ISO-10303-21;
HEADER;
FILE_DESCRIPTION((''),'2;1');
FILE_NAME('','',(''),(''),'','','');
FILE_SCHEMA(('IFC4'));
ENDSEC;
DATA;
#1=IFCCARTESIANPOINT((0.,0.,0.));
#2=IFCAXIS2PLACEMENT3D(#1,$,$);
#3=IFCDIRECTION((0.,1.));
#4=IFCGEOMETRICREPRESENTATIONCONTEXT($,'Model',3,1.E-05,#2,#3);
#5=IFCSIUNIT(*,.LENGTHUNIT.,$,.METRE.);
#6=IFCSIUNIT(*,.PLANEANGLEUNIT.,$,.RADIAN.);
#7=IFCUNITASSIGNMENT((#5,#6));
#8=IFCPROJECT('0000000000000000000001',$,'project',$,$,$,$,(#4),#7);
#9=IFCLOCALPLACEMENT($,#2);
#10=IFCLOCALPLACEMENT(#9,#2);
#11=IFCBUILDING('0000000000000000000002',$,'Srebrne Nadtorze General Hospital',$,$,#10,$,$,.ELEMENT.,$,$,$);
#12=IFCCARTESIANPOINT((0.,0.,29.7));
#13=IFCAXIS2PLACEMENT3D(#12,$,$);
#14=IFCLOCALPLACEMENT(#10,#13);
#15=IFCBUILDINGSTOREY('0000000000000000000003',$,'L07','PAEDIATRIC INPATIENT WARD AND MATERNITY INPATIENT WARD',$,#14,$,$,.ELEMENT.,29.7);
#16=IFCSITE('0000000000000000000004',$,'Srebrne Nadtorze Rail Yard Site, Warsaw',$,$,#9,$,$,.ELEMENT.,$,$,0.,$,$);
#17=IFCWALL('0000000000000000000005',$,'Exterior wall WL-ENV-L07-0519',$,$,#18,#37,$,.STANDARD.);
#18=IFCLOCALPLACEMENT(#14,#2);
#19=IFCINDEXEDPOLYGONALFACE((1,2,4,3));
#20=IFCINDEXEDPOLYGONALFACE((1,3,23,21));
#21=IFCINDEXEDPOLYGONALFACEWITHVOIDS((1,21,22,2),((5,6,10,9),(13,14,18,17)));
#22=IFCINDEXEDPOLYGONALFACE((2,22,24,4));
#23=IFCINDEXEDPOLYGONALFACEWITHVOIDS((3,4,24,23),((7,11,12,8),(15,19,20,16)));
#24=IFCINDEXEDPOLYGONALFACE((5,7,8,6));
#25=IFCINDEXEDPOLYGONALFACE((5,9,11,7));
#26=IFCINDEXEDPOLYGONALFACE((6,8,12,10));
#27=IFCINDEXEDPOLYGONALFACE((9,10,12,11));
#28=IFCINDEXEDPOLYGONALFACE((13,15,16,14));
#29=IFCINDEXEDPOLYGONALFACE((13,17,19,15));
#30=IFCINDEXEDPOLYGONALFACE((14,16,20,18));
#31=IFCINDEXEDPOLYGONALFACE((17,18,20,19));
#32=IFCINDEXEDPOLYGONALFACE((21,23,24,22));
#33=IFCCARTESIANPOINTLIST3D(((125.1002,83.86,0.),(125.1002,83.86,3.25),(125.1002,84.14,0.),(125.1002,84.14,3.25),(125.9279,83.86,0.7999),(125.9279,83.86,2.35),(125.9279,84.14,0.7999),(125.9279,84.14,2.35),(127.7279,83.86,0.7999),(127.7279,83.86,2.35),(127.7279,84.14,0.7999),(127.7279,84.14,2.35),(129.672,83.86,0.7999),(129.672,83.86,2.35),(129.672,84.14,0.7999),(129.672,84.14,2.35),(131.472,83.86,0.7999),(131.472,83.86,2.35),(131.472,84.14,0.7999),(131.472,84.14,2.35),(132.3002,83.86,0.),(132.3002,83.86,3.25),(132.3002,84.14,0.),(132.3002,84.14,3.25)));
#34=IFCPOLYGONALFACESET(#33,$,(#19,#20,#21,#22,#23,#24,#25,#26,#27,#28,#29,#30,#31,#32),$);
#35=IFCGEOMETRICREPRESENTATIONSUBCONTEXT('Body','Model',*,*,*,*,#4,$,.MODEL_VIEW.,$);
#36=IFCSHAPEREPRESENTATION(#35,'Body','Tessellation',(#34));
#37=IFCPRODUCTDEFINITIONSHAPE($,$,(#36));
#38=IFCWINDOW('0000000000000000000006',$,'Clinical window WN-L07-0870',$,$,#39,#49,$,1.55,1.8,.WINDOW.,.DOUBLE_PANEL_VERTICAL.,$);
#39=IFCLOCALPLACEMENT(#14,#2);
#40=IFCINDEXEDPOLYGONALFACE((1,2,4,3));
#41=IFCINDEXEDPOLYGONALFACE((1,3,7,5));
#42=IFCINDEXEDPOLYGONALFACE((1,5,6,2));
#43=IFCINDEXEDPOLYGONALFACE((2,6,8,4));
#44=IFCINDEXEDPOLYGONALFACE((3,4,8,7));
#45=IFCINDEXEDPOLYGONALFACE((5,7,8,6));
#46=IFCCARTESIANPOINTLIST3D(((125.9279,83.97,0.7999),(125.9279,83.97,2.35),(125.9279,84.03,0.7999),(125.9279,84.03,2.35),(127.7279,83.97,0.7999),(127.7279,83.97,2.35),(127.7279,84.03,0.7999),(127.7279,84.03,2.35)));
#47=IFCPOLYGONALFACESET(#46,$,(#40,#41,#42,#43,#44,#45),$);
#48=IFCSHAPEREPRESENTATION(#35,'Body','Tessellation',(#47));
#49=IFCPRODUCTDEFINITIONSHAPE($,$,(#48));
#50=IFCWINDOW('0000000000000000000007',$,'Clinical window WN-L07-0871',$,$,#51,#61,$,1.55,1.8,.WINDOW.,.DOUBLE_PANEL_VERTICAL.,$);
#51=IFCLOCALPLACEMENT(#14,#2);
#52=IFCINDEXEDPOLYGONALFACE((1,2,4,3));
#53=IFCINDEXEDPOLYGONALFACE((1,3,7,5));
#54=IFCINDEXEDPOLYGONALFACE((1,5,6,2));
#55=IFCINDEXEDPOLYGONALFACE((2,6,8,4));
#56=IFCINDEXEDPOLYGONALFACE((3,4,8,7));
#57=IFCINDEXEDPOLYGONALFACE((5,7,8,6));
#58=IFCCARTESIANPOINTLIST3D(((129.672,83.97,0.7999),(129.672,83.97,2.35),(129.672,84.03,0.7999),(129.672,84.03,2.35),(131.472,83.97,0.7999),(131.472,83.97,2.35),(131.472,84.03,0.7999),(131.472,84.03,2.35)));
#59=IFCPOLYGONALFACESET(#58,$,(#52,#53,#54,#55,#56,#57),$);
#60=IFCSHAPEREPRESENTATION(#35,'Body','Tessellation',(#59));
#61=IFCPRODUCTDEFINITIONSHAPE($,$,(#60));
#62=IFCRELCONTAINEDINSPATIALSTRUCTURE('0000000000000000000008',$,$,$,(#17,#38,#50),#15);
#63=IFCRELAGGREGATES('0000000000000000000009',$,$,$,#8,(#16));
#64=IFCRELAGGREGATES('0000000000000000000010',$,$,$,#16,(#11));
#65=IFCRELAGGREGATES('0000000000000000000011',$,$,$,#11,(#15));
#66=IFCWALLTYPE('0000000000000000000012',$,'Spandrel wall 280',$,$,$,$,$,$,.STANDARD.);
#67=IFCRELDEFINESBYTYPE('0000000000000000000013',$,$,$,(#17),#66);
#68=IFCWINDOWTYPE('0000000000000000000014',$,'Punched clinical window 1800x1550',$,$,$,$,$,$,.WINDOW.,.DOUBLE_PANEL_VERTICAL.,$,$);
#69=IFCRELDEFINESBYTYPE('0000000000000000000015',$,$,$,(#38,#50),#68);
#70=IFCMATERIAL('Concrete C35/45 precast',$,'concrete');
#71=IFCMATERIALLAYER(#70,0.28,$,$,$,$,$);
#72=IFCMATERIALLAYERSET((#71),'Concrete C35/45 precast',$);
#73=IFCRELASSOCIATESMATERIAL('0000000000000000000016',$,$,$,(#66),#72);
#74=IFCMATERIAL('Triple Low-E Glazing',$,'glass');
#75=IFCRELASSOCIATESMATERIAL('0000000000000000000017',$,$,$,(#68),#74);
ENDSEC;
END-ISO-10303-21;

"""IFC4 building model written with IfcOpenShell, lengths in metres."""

from ifc_helpers import new_model, si_unit, direction, frame, frame_2d, origin, place, context, subcontext, project, spatial, rectangle, extrude, material, layer, layer_set, type_object, element, fill, save


model = new_model("IFC4")

# Units and contexts
model_context = context("Model", 3, precision=1e-05, world=origin(), true_north=direction((0.0, 1.0)))
body_context = subcontext(model_context, "Body", "Model", "MODEL_VIEW")
ifc_project = project(units=[si_unit("LENGTHUNIT", "METRE"), si_unit("PLANEANGLEUNIT", "RADIAN")], contexts=[model_context])

# Site, building, storey
site_placement = place(None, origin())
site = spatial("IfcSite", under=ifc_project, at=site_placement, Name="Srebrne Nadtorze Rail Yard Site, Warsaw", CompositionType="ELEMENT", RefElevation=0.0)
building_placement = place(site_placement, origin())
building = spatial("IfcBuilding", under=site, at=building_placement, Name="Srebrne Nadtorze General Hospital", CompositionType="ELEMENT")
storey_placement = place(building_placement, frame((0.0, 0.0, 29.7)))
storey = spatial("IfcBuildingStorey", under=building, at=storey_placement, Name="L07", Description="PAEDIATRIC INPATIENT WARD AND MATERNITY INPATIENT WARD", CompositionType="ELEMENT", Elevation=29.7)

# Wall, openings, windows
ifc_material_1 = material(Name="Concrete C35/45 precast", Category="concrete")
ifc_layer_1 = layer(ifc_material_1, 0.28)
ifc_layer_set_1 = layer_set([ifc_layer_1], Name="Concrete C35/45 precast")
wall_type_1 = type_object("IfcWallType", Name="Spandrel wall 280", PredefinedType="STANDARD", material=ifc_layer_set_1)
wall_1_placement = place(storey_placement, frame((125.1001, 84.0, 0.0), z_axis=(0.0, 0.0, 1.0), x_axis=(1.0, 0.0, 0.0)))
wall_1 = element("IfcWall", 1, at=wall_1_placement, inside=storey, type_object=wall_type_1, Name="Exterior wall WL-ENV-L07-0519", PredefinedType="STANDARD", context=body_context, shape_type="SweptSolid", body=[
    extrude(rectangle(XDim=7.2, YDim=0.28, at=frame_2d((3.6001, 0.0))), origin(), (0.0, 0.0, 1.0), 3.25),
])
opening_1_placement = place(wall_1_placement, frame((0.8279, 0.0, 0.8)))
opening_1 = element("IfcOpeningElement", 2, at=opening_1_placement, cuts=wall_1, PredefinedType="OPENING", context=body_context, shape_type="SweptSolid", body=[
    extrude(rectangle(XDim=1.8, YDim=1.55, at=frame_2d((0.8999, 0.7749))), frame((0.0, 0.1519, 0.0), z_axis=(0.0, -1.0, 0.0), x_axis=(1.0, 0.0, 0.0)), (0.0, 0.0, 1.0), 0.304),
])
opening_2_placement = place(wall_1_placement, frame((4.572, 0.0, 0.8)))
opening_2 = element("IfcOpeningElement", 3, at=opening_2_placement, cuts=wall_1, PredefinedType="OPENING", context=body_context, shape_type="SweptSolid", body=[
    extrude(rectangle(XDim=1.8, YDim=1.55, at=frame_2d((0.8999, 0.7749))), frame((0.0, 0.1519, 0.0), z_axis=(0.0, -1.0, 0.0), x_axis=(1.0, 0.0, 0.0)), (0.0, 0.0, 1.0), 0.304),
])
ifc_material_2 = material(Name="Triple Low-E Glazing", Category="glass")
window_type = type_object("IfcWindowType", Name="Punched clinical window 1800x1550", PartitioningType="DOUBLE_PANEL_VERTICAL", PredefinedType="WINDOW", material=ifc_material_2)
window_1_placement = place(opening_1_placement, origin())
window_1 = element("IfcWindow", 4, at=window_1_placement, inside=storey, type_object=window_type, Name="Clinical window WN-L07-0870", OverallHeight=1.55, OverallWidth=1.8, PartitioningType="DOUBLE_PANEL_VERTICAL", PredefinedType="WINDOW", context=body_context, shape_type="SweptSolid", body=[
    extrude(rectangle(XDim=1.8, YDim=1.55, at=frame_2d((0.8999, 0.7749))), frame((0.0, 0.03, 0.0), z_axis=(0.0, -1.0, 0.0), x_axis=(1.0, 0.0, 0.0)), (0.0, 0.0, 1.0), 0.0601),
])
fill(opening_1, window_1)
window_2_placement = place(opening_2_placement, origin())
window_2 = element("IfcWindow", 5, at=window_2_placement, inside=storey, type_object=window_type, Name="Clinical window WN-L07-0871", OverallHeight=1.55, OverallWidth=1.8, PartitioningType="DOUBLE_PANEL_VERTICAL", PredefinedType="WINDOW", context=body_context, shape_type="SweptSolid", body=[
    extrude(rectangle(XDim=1.8, YDim=1.55, at=frame_2d((0.8999, 0.7749))), frame((0.0, 0.03, 0.0), z_axis=(0.0, -1.0, 0.0), x_axis=(1.0, 0.0, 0.0)), (0.0, 0.0, 1.0), 0.0601),
])
fill(opening_2, window_2)

save(model, "model.ifc")
